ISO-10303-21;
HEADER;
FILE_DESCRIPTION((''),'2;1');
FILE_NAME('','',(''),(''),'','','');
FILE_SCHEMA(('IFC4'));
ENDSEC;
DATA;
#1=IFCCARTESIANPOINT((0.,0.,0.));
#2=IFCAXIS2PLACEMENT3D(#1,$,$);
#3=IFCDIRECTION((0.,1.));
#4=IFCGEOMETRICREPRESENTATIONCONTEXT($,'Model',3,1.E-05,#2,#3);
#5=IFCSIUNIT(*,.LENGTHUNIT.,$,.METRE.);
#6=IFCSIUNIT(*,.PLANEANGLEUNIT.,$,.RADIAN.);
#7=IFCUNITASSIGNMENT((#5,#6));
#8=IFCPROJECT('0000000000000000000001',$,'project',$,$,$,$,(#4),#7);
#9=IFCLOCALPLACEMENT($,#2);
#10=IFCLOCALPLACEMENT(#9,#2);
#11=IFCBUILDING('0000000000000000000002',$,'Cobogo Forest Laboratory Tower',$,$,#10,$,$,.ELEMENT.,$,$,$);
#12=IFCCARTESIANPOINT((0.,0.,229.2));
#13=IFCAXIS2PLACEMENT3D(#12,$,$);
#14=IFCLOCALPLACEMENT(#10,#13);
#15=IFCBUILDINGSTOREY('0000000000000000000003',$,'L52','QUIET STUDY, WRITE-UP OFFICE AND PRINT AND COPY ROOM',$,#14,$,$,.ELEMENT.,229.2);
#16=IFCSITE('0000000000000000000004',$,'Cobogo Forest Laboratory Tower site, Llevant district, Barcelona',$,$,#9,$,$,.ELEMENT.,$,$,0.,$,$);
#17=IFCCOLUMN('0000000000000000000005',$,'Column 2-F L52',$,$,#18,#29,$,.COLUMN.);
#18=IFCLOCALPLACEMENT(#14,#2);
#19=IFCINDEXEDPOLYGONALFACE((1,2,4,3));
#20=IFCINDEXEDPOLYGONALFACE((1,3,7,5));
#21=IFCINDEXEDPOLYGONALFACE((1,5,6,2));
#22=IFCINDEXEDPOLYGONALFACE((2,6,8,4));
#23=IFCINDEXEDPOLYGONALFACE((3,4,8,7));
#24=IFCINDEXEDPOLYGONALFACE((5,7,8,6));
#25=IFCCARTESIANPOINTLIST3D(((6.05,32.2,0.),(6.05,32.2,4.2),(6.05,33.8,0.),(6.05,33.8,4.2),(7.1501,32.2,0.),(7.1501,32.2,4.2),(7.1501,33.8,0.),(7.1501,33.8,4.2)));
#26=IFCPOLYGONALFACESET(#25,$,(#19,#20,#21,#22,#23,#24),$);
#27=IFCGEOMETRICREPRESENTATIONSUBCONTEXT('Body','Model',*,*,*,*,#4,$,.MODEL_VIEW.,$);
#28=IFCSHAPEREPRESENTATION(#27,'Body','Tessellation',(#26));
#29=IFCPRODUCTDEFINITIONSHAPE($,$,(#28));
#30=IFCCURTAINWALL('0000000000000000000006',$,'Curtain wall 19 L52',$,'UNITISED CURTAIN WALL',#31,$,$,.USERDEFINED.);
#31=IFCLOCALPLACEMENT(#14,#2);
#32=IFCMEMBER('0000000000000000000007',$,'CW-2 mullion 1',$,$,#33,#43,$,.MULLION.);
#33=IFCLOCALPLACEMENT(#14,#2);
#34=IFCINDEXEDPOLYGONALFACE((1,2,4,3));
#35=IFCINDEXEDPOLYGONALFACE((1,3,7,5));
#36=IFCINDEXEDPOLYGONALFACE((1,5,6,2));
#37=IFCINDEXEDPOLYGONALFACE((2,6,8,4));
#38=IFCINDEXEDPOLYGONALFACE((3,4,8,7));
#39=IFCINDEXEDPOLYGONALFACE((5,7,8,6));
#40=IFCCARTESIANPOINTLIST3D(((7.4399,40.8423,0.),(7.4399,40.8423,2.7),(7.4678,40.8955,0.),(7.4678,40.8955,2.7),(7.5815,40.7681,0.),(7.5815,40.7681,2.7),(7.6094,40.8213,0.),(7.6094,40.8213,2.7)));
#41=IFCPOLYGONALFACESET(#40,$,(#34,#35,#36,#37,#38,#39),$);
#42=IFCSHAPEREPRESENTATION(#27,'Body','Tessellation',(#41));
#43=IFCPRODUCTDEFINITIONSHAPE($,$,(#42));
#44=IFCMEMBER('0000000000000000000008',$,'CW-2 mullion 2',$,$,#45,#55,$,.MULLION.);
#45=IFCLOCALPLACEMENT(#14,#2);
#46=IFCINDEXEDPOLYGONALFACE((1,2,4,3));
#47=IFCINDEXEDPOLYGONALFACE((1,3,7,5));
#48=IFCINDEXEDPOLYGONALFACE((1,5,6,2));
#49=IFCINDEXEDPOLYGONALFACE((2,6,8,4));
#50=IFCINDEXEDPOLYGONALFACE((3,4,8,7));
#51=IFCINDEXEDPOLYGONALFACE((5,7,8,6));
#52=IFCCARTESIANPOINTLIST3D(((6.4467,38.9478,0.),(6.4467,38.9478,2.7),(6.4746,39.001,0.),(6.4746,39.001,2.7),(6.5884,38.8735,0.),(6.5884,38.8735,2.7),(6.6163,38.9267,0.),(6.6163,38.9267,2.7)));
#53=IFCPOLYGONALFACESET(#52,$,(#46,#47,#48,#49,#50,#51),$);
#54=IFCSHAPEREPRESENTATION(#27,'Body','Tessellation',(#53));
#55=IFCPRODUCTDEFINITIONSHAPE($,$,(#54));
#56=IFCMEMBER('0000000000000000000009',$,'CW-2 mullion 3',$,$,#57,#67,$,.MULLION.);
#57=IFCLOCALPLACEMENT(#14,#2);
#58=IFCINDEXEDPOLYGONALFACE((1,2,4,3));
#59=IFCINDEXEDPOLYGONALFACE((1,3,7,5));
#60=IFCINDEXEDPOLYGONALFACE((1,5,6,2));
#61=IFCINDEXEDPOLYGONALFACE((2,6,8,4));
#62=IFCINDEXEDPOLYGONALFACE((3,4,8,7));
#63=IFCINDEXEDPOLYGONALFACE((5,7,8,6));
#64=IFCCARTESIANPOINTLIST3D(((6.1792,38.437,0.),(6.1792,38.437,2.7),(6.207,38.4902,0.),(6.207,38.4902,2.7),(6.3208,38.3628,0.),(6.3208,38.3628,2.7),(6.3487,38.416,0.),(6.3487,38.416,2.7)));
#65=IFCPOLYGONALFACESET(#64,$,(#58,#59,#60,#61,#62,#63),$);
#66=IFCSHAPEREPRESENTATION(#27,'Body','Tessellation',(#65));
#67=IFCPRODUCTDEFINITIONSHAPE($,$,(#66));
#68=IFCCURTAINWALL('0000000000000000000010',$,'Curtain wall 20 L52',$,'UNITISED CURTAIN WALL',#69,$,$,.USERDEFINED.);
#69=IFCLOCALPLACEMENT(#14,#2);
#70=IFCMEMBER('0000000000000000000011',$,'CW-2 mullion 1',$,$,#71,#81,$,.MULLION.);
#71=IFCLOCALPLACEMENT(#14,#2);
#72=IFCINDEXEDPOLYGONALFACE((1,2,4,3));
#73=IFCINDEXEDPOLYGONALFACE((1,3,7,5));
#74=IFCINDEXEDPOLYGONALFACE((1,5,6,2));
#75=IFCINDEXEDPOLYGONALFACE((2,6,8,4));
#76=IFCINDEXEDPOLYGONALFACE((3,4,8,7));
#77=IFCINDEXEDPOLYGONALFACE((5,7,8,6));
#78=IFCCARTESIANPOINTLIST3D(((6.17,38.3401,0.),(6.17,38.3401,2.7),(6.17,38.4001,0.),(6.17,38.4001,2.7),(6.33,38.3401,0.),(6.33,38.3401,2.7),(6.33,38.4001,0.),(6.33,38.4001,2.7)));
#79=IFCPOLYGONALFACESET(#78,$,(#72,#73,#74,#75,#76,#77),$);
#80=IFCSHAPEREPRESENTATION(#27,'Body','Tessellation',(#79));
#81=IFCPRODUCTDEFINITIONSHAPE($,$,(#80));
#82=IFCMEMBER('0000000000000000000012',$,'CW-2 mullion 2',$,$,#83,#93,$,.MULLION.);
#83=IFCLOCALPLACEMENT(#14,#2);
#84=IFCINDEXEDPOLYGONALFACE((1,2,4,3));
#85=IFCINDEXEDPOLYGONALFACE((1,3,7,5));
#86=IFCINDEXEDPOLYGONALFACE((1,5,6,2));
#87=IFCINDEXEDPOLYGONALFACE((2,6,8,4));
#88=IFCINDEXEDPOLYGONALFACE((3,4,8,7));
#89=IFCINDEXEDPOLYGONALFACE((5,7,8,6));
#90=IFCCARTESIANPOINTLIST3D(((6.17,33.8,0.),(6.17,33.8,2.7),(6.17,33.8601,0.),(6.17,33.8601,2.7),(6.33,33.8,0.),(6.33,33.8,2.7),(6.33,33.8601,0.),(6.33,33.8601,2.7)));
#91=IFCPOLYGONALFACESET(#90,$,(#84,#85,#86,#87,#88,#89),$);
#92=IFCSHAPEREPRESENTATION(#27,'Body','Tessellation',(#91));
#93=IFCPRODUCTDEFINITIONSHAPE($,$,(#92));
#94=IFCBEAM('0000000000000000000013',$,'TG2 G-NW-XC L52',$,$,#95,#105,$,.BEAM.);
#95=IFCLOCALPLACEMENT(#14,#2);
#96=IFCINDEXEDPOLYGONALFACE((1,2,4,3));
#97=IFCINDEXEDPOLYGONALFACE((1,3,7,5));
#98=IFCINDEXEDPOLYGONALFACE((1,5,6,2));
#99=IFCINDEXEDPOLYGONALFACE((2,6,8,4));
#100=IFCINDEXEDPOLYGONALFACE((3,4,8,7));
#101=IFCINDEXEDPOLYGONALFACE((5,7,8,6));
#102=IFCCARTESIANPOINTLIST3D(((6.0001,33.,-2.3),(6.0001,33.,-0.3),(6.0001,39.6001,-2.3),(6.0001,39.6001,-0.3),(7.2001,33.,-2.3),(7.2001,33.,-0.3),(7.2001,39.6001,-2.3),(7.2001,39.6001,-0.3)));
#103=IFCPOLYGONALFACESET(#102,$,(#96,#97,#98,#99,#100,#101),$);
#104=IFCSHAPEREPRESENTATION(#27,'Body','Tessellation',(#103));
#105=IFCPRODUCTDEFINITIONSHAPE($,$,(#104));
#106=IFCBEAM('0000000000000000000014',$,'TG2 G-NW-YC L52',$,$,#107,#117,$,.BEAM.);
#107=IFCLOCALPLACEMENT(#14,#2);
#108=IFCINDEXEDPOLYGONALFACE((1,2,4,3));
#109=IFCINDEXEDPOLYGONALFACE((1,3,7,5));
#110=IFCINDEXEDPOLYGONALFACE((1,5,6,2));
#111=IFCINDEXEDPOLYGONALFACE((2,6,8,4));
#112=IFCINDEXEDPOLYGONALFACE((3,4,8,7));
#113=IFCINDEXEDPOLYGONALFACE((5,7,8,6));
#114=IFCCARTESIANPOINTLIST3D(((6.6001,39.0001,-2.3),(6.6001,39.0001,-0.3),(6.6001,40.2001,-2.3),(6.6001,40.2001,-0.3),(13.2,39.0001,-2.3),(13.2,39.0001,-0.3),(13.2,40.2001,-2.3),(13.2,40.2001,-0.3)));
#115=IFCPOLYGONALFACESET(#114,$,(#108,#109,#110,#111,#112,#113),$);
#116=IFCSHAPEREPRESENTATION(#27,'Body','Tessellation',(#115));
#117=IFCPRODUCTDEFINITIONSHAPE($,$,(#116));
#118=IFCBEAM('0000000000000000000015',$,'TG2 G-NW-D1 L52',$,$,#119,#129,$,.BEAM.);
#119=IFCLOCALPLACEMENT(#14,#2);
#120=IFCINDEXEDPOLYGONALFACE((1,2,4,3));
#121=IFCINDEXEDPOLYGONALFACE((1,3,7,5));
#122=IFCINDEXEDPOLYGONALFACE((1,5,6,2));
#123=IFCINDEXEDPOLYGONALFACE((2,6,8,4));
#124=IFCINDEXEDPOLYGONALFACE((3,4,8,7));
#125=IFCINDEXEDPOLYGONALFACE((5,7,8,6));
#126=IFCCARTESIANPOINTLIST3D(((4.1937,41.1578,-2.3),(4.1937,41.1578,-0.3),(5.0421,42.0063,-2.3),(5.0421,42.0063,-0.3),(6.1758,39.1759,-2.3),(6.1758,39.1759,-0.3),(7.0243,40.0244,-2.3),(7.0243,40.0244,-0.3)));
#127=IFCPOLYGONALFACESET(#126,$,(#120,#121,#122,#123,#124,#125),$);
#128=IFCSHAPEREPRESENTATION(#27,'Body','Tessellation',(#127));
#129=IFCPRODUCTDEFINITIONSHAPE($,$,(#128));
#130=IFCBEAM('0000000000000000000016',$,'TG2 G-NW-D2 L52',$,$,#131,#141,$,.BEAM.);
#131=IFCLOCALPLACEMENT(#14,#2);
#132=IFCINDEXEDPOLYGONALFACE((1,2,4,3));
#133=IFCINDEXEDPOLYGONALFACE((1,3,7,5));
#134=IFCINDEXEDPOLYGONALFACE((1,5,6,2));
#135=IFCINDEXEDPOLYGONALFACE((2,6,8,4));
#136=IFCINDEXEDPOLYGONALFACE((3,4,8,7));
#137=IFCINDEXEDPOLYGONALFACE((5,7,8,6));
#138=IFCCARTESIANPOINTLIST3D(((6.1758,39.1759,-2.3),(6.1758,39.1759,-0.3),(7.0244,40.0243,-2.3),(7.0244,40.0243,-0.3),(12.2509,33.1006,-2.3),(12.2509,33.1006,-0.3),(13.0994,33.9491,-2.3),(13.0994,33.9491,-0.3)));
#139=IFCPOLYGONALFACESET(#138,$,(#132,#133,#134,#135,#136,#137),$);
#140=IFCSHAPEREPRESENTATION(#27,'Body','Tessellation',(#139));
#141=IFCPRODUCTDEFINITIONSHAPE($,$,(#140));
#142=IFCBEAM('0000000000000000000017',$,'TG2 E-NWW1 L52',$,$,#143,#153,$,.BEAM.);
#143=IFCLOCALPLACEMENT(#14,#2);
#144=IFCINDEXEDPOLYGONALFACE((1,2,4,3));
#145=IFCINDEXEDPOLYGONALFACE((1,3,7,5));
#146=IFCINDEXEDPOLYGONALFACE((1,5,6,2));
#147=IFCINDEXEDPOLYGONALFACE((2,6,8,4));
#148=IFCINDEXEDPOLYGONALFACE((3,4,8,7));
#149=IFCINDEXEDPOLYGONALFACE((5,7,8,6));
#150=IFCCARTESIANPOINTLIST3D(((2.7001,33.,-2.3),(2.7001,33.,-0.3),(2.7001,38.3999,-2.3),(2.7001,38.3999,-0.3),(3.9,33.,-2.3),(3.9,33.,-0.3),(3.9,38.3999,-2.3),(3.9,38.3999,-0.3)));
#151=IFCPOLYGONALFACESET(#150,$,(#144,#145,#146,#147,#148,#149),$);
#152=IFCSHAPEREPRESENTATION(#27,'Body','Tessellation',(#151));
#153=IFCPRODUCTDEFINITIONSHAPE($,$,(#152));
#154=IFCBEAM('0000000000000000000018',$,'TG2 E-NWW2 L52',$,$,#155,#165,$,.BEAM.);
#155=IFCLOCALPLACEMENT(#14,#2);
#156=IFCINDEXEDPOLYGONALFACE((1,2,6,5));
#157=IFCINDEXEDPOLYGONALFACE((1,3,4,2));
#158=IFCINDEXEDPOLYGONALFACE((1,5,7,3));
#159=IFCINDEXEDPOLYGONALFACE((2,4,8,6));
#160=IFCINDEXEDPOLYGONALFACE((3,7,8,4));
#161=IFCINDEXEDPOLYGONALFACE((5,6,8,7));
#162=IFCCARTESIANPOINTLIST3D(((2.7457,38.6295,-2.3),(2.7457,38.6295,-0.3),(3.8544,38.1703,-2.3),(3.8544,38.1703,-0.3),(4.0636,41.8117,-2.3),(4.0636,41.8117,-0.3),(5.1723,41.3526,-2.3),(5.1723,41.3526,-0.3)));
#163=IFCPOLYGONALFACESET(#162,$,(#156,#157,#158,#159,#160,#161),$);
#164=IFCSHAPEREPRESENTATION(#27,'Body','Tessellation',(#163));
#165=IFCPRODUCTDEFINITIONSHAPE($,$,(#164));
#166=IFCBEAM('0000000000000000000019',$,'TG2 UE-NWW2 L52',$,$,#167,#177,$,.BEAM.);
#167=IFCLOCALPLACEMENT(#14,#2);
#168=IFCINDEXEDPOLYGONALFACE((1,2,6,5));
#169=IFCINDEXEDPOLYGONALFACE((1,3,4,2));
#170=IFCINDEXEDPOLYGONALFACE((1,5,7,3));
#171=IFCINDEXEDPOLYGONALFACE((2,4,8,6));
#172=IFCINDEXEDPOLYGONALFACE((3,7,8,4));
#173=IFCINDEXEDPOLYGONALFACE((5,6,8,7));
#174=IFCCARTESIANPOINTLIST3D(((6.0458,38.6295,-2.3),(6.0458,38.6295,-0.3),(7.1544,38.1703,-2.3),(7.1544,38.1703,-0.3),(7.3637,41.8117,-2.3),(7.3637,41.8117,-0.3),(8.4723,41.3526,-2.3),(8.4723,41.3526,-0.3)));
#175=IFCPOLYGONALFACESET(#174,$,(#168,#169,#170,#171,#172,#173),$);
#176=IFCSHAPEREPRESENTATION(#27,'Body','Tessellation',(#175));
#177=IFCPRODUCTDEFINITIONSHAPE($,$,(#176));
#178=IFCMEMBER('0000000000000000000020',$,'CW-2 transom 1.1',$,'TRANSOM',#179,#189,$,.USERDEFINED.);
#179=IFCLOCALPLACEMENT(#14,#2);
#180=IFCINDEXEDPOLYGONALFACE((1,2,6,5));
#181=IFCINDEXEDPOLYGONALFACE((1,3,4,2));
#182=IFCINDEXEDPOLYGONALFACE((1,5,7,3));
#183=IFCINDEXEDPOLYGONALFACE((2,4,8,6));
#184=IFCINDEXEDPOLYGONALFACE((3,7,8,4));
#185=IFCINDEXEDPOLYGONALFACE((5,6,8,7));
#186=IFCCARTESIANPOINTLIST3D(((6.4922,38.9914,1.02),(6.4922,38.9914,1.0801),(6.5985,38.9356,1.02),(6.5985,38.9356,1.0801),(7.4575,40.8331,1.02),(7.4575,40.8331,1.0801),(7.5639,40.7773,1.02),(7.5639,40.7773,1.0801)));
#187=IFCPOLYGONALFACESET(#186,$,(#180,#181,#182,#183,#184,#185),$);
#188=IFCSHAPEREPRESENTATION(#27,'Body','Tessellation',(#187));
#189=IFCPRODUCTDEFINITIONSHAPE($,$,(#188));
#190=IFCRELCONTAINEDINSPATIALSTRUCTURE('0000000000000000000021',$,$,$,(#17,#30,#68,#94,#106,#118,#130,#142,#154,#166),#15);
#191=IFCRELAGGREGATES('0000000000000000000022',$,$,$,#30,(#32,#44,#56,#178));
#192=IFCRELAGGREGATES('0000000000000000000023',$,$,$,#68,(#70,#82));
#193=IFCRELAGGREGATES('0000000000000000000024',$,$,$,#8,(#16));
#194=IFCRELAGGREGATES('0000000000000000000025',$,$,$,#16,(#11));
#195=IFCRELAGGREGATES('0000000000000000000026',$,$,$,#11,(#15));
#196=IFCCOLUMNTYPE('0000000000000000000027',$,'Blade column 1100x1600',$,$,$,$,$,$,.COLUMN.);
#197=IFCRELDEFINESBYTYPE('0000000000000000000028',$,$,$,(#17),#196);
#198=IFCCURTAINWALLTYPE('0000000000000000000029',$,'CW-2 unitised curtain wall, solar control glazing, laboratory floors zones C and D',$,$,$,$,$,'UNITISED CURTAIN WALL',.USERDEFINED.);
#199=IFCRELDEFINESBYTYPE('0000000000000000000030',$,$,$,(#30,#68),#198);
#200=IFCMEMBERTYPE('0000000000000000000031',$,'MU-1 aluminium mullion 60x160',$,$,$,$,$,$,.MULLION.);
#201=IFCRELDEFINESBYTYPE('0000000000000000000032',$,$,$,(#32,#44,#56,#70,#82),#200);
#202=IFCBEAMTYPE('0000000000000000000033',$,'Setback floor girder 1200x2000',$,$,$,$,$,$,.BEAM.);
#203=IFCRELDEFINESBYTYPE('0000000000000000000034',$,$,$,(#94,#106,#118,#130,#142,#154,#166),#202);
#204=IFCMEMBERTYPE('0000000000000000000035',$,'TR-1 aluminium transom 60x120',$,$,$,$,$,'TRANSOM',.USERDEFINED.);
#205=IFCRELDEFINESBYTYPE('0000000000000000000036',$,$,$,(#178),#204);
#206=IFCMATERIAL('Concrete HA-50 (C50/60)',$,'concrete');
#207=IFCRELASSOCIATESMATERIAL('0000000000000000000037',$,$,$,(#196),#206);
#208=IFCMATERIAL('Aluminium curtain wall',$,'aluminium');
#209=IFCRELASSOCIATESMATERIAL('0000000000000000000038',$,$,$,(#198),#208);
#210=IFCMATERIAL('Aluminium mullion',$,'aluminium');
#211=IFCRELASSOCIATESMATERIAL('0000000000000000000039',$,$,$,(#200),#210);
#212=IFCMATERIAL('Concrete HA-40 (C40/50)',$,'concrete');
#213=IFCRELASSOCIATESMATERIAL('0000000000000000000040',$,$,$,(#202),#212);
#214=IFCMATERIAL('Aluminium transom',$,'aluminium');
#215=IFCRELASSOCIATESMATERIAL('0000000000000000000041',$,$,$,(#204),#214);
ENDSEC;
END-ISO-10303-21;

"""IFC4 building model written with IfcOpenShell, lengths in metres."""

from ifc_helpers import new_model, si_unit, direction, frame, origin, origin_2d, place, context, subcontext, project, spatial, rectangle, extrude, material, material_profile, profile_set, type_object, element, aggregate, save


model = new_model("IFC4")

# Units and contexts
model_context = context("Model", 3, precision=1e-05, world=origin(), true_north=direction((0.0, 1.0)))
body_context = subcontext(model_context, "Body", "Model", "MODEL_VIEW")
ifc_project = project(units=[si_unit("LENGTHUNIT", "METRE"), si_unit("PLANEANGLEUNIT", "RADIAN")], contexts=[model_context])

# Site, building, storey
site_placement = place(None, origin())
site = spatial("IfcSite", under=ifc_project, at=site_placement, Name="Cobogo Forest Laboratory Tower site, Llevant district, Barcelona", CompositionType="ELEMENT", RefElevation=0.0)
building_placement = place(site_placement, origin())
building = spatial("IfcBuilding", under=site, at=building_placement, Name="Cobogo Forest Laboratory Tower", CompositionType="ELEMENT")
storey_placement = place(building_placement, frame((0.0, 0.0, 229.2)))
storey = spatial("IfcBuildingStorey", under=building, at=storey_placement, Name="L52", Description="QUIET STUDY, WRITE-UP OFFICE AND PRINT AND COPY ROOM", CompositionType="ELEMENT", Elevation=229.2)

# Column
ifc_material_1 = material(Name="Concrete HA-50 (C50/60)", Category="concrete")
ifc_material_profile_1 = material_profile(ifc_material_1, rectangle(XDim=1.6001, YDim=1.1001, at=origin_2d()), Name="RC 1100x1600")
ifc_profile_set_1 = profile_set([ifc_material_profile_1], Name="Concrete HA-50 (C50/60)")
column_type = type_object("IfcColumnType", Name="Blade column 1100x1600", PredefinedType="COLUMN", material=ifc_profile_set_1)
column_placement = place(storey_placement, frame((6.6001, 33.0, 0.0), z_axis=(0.0, 0.0, 1.0), x_axis=(0.0, 1.0, 0.0)))
element("IfcColumn", 1, at=column_placement, inside=storey, type_object=column_type, Name="Column 2-F L52", PredefinedType="COLUMN", context=body_context, shape_type="SweptSolid", body=[
    extrude(rectangle(XDim=1.6001, YDim=1.1001, at=origin_2d()), origin(), (0.0, 0.0, 1.0), 4.2),
])

# Curtain walls, members
ifc_material_2 = material(Name="Aluminium curtain wall", Category="aluminium")
curtain_wall_type = type_object("IfcCurtainWallType", Name="CW-2 unitised curtain wall, solar control glazing, laboratory floors zones C and D", ElementType="UNITISED CURTAIN WALL", PredefinedType="USERDEFINED", material=ifc_material_2)
curtain_wall_1_placement = place(storey_placement, origin())
curtain_wall_1 = element("IfcCurtainWall", 2, at=curtain_wall_1_placement, inside=storey, type_object=curtain_wall_type, Name="Curtain wall 19 L52", ObjectType="UNITISED CURTAIN WALL", PredefinedType="USERDEFINED")
ifc_material_3 = material(Name="Aluminium mullion", Category="aluminium")
ifc_material_profile_2 = material_profile(ifc_material_3, rectangle(XDim=0.0601, YDim=0.1599, at=origin_2d()), Name="AL 60x160")
ifc_profile_set_2 = profile_set([ifc_material_profile_2], Name="Aluminium mullion")
member_type_1 = type_object("IfcMemberType", Name="MU-1 aluminium mullion 60x160", PredefinedType="MULLION", material=ifc_profile_set_2)
member_1_placement = place(storey_placement, frame((7.5247, 40.8318, 0.0), z_axis=(0.0, 0.0, 1.0), x_axis=(-0.464284, -0.885687, 0.0)))
member_1 = element("IfcMember", 3, at=member_1_placement, type_object=member_type_1, Name="CW-2 mullion 1", PredefinedType="MULLION", context=body_context, shape_type="SweptSolid", body=[
    extrude(rectangle(XDim=0.0601, YDim=0.1599, at=origin_2d()), origin(), (0.0, 0.0, 1.0), 2.7),
])
member_2_placement = place(storey_placement, frame((6.5315, 38.9373, 0.0), z_axis=(0.0, 0.0, 1.0), x_axis=(-0.464284, -0.885687, 0.0)))
member_2 = element("IfcMember", 4, at=member_2_placement, type_object=member_type_1, Name="CW-2 mullion 2", PredefinedType="MULLION", context=body_context, shape_type="SweptSolid", body=[
    extrude(rectangle(XDim=0.0601, YDim=0.1599, at=origin_2d()), origin(), (0.0, 0.0, 1.0), 2.7),
])
member_3_placement = place(storey_placement, frame((6.2639, 38.4265, 0.0), z_axis=(0.0, 0.0, 1.0), x_axis=(-0.464284, -0.885687, 0.0)))
member_3 = element("IfcMember", 5, at=member_3_placement, type_object=member_type_1, Name="CW-2 mullion 3", PredefinedType="MULLION", context=body_context, shape_type="SweptSolid", body=[
    extrude(rectangle(XDim=0.0601, YDim=0.1599, at=origin_2d()), origin(), (0.0, 0.0, 1.0), 2.7),
])
curtain_wall_2_placement = place(storey_placement, origin())
curtain_wall_2 = element("IfcCurtainWall", 6, at=curtain_wall_2_placement, inside=storey, type_object=curtain_wall_type, Name="Curtain wall 20 L52", ObjectType="UNITISED CURTAIN WALL", PredefinedType="USERDEFINED")
member_4_placement = place(storey_placement, frame((6.25, 38.3701, 0.0), z_axis=(0.0, 0.0, 1.0), x_axis=(0.0, -1.0, 0.0)))
member_4 = element("IfcMember", 7, at=member_4_placement, type_object=member_type_1, Name="CW-2 mullion 1", PredefinedType="MULLION", context=body_context, shape_type="SweptSolid", body=[
    extrude(rectangle(XDim=0.0601, YDim=0.1599, at=origin_2d()), origin(), (0.0, 0.0, 1.0), 2.7),
])
member_5_placement = place(storey_placement, frame((6.25, 33.8301, 0.0), z_axis=(0.0, 0.0, 1.0), x_axis=(0.0, -1.0, 0.0)))
member_5 = element("IfcMember", 8, at=member_5_placement, type_object=member_type_1, Name="CW-2 mullion 2", PredefinedType="MULLION", context=body_context, shape_type="SweptSolid", body=[
    extrude(rectangle(XDim=0.0601, YDim=0.1599, at=origin_2d()), origin(), (0.0, 0.0, 1.0), 2.7),
])

# Beams
ifc_material_4 = material(Name="Concrete HA-40 (C40/50)", Category="concrete")
ifc_material_profile_3 = material_profile(ifc_material_4, rectangle(XDim=1.2, YDim=2.0, at=origin_2d()), Name="RC 1200x2000")
ifc_profile_set_3 = profile_set([ifc_material_profile_3], Name="Concrete HA-40 (C40/50)")
beam_type = type_object("IfcBeamType", Name="Setback floor girder 1200x2000", PredefinedType="BEAM", material=ifc_profile_set_3)
beam_1_placement = place(storey_placement, frame((6.6001, 39.6001, -1.3), z_axis=(0.0, -1.0, 0.0), x_axis=(1.0, 0.0, 0.0)))
element("IfcBeam", 9, at=beam_1_placement, inside=storey, type_object=beam_type, Name="TG2 G-NW-XC L52", PredefinedType="BEAM", context=body_context, shape_type="SweptSolid", body=[
    extrude(rectangle(XDim=1.2, YDim=2.0, at=origin_2d()), origin(), (0.0, 0.0, 1.0), 6.6001),
])
beam_2_placement = place(storey_placement, frame((6.6001, 39.6001, -1.3), z_axis=(1.0, 0.0, 0.0), x_axis=(0.0, 1.0, 0.0)))
element("IfcBeam", 10, at=beam_2_placement, inside=storey, type_object=beam_type, Name="TG2 G-NW-YC L52", PredefinedType="BEAM", context=body_context, shape_type="SweptSolid", body=[
    extrude(rectangle(XDim=1.2, YDim=2.0, at=origin_2d()), origin(), (0.0, 0.0, 1.0), 6.5999),
])
beam_3_placement = place(storey_placement, frame((4.6179, 41.582, -1.3), z_axis=(0.70715, -0.707063, 0.0), x_axis=(0.707063, 0.70715, 0.0)))
element("IfcBeam", 11, at=beam_3_placement, inside=storey, type_object=beam_type, Name="TG2 G-NW-D1 L52", PredefinedType="BEAM", context=body_context, shape_type="SweptSolid", body=[
    extrude(rectangle(XDim=1.2, YDim=2.0, at=origin_2d()), origin(), (0.0, 0.0, 1.0), 2.803),
])
beam_4_placement = place(storey_placement, frame((6.6001, 39.6001, -1.3), z_axis=(0.707093, -0.707121, 0.0), x_axis=(0.707121, 0.707093, 0.0)))
element("IfcBeam", 12, at=beam_4_placement, inside=storey, type_object=beam_type, Name="TG2 G-NW-D2 L52", PredefinedType="BEAM", context=body_context, shape_type="SweptSolid", body=[
    extrude(rectangle(XDim=1.2, YDim=2.0, at=origin_2d()), origin(), (0.0, 0.0, 1.0), 8.5916),
])
beam_5_placement = place(storey_placement, frame((3.3, 33.0, -1.3), z_axis=(0.0, 1.0, 0.0), x_axis=(-1.0, 0.0, 0.0)))
element("IfcBeam", 13, at=beam_5_placement, inside=storey, type_object=beam_type, Name="TG2 E-NWW1 L52", PredefinedType="BEAM", context=body_context, shape_type="SweptSolid", body=[
    extrude(rectangle(XDim=1.2, YDim=2.0, at=origin_2d()), origin(), (0.0, 0.0, 1.0), 5.3999),
])
for number, where, z_axis, x_axis, name in (
    (14, (3.3, 38.3999, -1.3), (0.382631, 0.923901, 0.0), (-0.923901, 0.382631, 0.0), "TG2 E-NWW2 L52"),
    (15, (6.6001, 38.3999, -1.3), (0.382631, 0.923901, 0.0), (-0.923901, 0.382631, 0.0), "TG2 UE-NWW2 L52"),
):
    element("IfcBeam", number, at=place(storey_placement, frame(where, z_axis=z_axis, x_axis=x_axis)), inside=storey, type_object=beam_type, Name=name, PredefinedType="BEAM", context=body_context, shape_type="SweptSolid", body=[
        extrude(rectangle(XDim=1.2, YDim=2.0, at=origin_2d()), origin(), (0.0, 0.0, 1.0), 3.4443),
    ])

# Member
ifc_material_5 = material(Name="Aluminium transom", Category="aluminium")
ifc_material_profile_4 = material_profile(ifc_material_5, rectangle(XDim=0.1201, YDim=0.0601, at=origin_2d()), Name="AL 60x120")
ifc_profile_set_4 = profile_set([ifc_material_profile_4], Name="Aluminium transom")
member_type_2 = type_object("IfcMemberType", Name="TR-1 aluminium transom 60x120", ElementType="TRANSOM", PredefinedType="USERDEFINED", material=ifc_profile_set_4)
member_6_placement = place(storey_placement, frame((7.5107, 40.8052, 1.05), z_axis=(-0.464275, -0.885691, 0.0), x_axis=(0.885691, -0.464275, 0.0)))
member_6 = element("IfcMember", 16, at=member_6_placement, type_object=member_type_2, Name="CW-2 transom 1.1", ObjectType="TRANSOM", PredefinedType="USERDEFINED", context=body_context, shape_type="SweptSolid", body=[
    extrude(rectangle(XDim=0.1201, YDim=0.0601, at=origin_2d()), origin(), (0.0, 0.0, 1.0), 2.0793),
])

aggregate(curtain_wall_1, [member_1, member_2, member_3, member_6])
aggregate(curtain_wall_2, [member_4, member_5])

save(model, "model.ifc")
